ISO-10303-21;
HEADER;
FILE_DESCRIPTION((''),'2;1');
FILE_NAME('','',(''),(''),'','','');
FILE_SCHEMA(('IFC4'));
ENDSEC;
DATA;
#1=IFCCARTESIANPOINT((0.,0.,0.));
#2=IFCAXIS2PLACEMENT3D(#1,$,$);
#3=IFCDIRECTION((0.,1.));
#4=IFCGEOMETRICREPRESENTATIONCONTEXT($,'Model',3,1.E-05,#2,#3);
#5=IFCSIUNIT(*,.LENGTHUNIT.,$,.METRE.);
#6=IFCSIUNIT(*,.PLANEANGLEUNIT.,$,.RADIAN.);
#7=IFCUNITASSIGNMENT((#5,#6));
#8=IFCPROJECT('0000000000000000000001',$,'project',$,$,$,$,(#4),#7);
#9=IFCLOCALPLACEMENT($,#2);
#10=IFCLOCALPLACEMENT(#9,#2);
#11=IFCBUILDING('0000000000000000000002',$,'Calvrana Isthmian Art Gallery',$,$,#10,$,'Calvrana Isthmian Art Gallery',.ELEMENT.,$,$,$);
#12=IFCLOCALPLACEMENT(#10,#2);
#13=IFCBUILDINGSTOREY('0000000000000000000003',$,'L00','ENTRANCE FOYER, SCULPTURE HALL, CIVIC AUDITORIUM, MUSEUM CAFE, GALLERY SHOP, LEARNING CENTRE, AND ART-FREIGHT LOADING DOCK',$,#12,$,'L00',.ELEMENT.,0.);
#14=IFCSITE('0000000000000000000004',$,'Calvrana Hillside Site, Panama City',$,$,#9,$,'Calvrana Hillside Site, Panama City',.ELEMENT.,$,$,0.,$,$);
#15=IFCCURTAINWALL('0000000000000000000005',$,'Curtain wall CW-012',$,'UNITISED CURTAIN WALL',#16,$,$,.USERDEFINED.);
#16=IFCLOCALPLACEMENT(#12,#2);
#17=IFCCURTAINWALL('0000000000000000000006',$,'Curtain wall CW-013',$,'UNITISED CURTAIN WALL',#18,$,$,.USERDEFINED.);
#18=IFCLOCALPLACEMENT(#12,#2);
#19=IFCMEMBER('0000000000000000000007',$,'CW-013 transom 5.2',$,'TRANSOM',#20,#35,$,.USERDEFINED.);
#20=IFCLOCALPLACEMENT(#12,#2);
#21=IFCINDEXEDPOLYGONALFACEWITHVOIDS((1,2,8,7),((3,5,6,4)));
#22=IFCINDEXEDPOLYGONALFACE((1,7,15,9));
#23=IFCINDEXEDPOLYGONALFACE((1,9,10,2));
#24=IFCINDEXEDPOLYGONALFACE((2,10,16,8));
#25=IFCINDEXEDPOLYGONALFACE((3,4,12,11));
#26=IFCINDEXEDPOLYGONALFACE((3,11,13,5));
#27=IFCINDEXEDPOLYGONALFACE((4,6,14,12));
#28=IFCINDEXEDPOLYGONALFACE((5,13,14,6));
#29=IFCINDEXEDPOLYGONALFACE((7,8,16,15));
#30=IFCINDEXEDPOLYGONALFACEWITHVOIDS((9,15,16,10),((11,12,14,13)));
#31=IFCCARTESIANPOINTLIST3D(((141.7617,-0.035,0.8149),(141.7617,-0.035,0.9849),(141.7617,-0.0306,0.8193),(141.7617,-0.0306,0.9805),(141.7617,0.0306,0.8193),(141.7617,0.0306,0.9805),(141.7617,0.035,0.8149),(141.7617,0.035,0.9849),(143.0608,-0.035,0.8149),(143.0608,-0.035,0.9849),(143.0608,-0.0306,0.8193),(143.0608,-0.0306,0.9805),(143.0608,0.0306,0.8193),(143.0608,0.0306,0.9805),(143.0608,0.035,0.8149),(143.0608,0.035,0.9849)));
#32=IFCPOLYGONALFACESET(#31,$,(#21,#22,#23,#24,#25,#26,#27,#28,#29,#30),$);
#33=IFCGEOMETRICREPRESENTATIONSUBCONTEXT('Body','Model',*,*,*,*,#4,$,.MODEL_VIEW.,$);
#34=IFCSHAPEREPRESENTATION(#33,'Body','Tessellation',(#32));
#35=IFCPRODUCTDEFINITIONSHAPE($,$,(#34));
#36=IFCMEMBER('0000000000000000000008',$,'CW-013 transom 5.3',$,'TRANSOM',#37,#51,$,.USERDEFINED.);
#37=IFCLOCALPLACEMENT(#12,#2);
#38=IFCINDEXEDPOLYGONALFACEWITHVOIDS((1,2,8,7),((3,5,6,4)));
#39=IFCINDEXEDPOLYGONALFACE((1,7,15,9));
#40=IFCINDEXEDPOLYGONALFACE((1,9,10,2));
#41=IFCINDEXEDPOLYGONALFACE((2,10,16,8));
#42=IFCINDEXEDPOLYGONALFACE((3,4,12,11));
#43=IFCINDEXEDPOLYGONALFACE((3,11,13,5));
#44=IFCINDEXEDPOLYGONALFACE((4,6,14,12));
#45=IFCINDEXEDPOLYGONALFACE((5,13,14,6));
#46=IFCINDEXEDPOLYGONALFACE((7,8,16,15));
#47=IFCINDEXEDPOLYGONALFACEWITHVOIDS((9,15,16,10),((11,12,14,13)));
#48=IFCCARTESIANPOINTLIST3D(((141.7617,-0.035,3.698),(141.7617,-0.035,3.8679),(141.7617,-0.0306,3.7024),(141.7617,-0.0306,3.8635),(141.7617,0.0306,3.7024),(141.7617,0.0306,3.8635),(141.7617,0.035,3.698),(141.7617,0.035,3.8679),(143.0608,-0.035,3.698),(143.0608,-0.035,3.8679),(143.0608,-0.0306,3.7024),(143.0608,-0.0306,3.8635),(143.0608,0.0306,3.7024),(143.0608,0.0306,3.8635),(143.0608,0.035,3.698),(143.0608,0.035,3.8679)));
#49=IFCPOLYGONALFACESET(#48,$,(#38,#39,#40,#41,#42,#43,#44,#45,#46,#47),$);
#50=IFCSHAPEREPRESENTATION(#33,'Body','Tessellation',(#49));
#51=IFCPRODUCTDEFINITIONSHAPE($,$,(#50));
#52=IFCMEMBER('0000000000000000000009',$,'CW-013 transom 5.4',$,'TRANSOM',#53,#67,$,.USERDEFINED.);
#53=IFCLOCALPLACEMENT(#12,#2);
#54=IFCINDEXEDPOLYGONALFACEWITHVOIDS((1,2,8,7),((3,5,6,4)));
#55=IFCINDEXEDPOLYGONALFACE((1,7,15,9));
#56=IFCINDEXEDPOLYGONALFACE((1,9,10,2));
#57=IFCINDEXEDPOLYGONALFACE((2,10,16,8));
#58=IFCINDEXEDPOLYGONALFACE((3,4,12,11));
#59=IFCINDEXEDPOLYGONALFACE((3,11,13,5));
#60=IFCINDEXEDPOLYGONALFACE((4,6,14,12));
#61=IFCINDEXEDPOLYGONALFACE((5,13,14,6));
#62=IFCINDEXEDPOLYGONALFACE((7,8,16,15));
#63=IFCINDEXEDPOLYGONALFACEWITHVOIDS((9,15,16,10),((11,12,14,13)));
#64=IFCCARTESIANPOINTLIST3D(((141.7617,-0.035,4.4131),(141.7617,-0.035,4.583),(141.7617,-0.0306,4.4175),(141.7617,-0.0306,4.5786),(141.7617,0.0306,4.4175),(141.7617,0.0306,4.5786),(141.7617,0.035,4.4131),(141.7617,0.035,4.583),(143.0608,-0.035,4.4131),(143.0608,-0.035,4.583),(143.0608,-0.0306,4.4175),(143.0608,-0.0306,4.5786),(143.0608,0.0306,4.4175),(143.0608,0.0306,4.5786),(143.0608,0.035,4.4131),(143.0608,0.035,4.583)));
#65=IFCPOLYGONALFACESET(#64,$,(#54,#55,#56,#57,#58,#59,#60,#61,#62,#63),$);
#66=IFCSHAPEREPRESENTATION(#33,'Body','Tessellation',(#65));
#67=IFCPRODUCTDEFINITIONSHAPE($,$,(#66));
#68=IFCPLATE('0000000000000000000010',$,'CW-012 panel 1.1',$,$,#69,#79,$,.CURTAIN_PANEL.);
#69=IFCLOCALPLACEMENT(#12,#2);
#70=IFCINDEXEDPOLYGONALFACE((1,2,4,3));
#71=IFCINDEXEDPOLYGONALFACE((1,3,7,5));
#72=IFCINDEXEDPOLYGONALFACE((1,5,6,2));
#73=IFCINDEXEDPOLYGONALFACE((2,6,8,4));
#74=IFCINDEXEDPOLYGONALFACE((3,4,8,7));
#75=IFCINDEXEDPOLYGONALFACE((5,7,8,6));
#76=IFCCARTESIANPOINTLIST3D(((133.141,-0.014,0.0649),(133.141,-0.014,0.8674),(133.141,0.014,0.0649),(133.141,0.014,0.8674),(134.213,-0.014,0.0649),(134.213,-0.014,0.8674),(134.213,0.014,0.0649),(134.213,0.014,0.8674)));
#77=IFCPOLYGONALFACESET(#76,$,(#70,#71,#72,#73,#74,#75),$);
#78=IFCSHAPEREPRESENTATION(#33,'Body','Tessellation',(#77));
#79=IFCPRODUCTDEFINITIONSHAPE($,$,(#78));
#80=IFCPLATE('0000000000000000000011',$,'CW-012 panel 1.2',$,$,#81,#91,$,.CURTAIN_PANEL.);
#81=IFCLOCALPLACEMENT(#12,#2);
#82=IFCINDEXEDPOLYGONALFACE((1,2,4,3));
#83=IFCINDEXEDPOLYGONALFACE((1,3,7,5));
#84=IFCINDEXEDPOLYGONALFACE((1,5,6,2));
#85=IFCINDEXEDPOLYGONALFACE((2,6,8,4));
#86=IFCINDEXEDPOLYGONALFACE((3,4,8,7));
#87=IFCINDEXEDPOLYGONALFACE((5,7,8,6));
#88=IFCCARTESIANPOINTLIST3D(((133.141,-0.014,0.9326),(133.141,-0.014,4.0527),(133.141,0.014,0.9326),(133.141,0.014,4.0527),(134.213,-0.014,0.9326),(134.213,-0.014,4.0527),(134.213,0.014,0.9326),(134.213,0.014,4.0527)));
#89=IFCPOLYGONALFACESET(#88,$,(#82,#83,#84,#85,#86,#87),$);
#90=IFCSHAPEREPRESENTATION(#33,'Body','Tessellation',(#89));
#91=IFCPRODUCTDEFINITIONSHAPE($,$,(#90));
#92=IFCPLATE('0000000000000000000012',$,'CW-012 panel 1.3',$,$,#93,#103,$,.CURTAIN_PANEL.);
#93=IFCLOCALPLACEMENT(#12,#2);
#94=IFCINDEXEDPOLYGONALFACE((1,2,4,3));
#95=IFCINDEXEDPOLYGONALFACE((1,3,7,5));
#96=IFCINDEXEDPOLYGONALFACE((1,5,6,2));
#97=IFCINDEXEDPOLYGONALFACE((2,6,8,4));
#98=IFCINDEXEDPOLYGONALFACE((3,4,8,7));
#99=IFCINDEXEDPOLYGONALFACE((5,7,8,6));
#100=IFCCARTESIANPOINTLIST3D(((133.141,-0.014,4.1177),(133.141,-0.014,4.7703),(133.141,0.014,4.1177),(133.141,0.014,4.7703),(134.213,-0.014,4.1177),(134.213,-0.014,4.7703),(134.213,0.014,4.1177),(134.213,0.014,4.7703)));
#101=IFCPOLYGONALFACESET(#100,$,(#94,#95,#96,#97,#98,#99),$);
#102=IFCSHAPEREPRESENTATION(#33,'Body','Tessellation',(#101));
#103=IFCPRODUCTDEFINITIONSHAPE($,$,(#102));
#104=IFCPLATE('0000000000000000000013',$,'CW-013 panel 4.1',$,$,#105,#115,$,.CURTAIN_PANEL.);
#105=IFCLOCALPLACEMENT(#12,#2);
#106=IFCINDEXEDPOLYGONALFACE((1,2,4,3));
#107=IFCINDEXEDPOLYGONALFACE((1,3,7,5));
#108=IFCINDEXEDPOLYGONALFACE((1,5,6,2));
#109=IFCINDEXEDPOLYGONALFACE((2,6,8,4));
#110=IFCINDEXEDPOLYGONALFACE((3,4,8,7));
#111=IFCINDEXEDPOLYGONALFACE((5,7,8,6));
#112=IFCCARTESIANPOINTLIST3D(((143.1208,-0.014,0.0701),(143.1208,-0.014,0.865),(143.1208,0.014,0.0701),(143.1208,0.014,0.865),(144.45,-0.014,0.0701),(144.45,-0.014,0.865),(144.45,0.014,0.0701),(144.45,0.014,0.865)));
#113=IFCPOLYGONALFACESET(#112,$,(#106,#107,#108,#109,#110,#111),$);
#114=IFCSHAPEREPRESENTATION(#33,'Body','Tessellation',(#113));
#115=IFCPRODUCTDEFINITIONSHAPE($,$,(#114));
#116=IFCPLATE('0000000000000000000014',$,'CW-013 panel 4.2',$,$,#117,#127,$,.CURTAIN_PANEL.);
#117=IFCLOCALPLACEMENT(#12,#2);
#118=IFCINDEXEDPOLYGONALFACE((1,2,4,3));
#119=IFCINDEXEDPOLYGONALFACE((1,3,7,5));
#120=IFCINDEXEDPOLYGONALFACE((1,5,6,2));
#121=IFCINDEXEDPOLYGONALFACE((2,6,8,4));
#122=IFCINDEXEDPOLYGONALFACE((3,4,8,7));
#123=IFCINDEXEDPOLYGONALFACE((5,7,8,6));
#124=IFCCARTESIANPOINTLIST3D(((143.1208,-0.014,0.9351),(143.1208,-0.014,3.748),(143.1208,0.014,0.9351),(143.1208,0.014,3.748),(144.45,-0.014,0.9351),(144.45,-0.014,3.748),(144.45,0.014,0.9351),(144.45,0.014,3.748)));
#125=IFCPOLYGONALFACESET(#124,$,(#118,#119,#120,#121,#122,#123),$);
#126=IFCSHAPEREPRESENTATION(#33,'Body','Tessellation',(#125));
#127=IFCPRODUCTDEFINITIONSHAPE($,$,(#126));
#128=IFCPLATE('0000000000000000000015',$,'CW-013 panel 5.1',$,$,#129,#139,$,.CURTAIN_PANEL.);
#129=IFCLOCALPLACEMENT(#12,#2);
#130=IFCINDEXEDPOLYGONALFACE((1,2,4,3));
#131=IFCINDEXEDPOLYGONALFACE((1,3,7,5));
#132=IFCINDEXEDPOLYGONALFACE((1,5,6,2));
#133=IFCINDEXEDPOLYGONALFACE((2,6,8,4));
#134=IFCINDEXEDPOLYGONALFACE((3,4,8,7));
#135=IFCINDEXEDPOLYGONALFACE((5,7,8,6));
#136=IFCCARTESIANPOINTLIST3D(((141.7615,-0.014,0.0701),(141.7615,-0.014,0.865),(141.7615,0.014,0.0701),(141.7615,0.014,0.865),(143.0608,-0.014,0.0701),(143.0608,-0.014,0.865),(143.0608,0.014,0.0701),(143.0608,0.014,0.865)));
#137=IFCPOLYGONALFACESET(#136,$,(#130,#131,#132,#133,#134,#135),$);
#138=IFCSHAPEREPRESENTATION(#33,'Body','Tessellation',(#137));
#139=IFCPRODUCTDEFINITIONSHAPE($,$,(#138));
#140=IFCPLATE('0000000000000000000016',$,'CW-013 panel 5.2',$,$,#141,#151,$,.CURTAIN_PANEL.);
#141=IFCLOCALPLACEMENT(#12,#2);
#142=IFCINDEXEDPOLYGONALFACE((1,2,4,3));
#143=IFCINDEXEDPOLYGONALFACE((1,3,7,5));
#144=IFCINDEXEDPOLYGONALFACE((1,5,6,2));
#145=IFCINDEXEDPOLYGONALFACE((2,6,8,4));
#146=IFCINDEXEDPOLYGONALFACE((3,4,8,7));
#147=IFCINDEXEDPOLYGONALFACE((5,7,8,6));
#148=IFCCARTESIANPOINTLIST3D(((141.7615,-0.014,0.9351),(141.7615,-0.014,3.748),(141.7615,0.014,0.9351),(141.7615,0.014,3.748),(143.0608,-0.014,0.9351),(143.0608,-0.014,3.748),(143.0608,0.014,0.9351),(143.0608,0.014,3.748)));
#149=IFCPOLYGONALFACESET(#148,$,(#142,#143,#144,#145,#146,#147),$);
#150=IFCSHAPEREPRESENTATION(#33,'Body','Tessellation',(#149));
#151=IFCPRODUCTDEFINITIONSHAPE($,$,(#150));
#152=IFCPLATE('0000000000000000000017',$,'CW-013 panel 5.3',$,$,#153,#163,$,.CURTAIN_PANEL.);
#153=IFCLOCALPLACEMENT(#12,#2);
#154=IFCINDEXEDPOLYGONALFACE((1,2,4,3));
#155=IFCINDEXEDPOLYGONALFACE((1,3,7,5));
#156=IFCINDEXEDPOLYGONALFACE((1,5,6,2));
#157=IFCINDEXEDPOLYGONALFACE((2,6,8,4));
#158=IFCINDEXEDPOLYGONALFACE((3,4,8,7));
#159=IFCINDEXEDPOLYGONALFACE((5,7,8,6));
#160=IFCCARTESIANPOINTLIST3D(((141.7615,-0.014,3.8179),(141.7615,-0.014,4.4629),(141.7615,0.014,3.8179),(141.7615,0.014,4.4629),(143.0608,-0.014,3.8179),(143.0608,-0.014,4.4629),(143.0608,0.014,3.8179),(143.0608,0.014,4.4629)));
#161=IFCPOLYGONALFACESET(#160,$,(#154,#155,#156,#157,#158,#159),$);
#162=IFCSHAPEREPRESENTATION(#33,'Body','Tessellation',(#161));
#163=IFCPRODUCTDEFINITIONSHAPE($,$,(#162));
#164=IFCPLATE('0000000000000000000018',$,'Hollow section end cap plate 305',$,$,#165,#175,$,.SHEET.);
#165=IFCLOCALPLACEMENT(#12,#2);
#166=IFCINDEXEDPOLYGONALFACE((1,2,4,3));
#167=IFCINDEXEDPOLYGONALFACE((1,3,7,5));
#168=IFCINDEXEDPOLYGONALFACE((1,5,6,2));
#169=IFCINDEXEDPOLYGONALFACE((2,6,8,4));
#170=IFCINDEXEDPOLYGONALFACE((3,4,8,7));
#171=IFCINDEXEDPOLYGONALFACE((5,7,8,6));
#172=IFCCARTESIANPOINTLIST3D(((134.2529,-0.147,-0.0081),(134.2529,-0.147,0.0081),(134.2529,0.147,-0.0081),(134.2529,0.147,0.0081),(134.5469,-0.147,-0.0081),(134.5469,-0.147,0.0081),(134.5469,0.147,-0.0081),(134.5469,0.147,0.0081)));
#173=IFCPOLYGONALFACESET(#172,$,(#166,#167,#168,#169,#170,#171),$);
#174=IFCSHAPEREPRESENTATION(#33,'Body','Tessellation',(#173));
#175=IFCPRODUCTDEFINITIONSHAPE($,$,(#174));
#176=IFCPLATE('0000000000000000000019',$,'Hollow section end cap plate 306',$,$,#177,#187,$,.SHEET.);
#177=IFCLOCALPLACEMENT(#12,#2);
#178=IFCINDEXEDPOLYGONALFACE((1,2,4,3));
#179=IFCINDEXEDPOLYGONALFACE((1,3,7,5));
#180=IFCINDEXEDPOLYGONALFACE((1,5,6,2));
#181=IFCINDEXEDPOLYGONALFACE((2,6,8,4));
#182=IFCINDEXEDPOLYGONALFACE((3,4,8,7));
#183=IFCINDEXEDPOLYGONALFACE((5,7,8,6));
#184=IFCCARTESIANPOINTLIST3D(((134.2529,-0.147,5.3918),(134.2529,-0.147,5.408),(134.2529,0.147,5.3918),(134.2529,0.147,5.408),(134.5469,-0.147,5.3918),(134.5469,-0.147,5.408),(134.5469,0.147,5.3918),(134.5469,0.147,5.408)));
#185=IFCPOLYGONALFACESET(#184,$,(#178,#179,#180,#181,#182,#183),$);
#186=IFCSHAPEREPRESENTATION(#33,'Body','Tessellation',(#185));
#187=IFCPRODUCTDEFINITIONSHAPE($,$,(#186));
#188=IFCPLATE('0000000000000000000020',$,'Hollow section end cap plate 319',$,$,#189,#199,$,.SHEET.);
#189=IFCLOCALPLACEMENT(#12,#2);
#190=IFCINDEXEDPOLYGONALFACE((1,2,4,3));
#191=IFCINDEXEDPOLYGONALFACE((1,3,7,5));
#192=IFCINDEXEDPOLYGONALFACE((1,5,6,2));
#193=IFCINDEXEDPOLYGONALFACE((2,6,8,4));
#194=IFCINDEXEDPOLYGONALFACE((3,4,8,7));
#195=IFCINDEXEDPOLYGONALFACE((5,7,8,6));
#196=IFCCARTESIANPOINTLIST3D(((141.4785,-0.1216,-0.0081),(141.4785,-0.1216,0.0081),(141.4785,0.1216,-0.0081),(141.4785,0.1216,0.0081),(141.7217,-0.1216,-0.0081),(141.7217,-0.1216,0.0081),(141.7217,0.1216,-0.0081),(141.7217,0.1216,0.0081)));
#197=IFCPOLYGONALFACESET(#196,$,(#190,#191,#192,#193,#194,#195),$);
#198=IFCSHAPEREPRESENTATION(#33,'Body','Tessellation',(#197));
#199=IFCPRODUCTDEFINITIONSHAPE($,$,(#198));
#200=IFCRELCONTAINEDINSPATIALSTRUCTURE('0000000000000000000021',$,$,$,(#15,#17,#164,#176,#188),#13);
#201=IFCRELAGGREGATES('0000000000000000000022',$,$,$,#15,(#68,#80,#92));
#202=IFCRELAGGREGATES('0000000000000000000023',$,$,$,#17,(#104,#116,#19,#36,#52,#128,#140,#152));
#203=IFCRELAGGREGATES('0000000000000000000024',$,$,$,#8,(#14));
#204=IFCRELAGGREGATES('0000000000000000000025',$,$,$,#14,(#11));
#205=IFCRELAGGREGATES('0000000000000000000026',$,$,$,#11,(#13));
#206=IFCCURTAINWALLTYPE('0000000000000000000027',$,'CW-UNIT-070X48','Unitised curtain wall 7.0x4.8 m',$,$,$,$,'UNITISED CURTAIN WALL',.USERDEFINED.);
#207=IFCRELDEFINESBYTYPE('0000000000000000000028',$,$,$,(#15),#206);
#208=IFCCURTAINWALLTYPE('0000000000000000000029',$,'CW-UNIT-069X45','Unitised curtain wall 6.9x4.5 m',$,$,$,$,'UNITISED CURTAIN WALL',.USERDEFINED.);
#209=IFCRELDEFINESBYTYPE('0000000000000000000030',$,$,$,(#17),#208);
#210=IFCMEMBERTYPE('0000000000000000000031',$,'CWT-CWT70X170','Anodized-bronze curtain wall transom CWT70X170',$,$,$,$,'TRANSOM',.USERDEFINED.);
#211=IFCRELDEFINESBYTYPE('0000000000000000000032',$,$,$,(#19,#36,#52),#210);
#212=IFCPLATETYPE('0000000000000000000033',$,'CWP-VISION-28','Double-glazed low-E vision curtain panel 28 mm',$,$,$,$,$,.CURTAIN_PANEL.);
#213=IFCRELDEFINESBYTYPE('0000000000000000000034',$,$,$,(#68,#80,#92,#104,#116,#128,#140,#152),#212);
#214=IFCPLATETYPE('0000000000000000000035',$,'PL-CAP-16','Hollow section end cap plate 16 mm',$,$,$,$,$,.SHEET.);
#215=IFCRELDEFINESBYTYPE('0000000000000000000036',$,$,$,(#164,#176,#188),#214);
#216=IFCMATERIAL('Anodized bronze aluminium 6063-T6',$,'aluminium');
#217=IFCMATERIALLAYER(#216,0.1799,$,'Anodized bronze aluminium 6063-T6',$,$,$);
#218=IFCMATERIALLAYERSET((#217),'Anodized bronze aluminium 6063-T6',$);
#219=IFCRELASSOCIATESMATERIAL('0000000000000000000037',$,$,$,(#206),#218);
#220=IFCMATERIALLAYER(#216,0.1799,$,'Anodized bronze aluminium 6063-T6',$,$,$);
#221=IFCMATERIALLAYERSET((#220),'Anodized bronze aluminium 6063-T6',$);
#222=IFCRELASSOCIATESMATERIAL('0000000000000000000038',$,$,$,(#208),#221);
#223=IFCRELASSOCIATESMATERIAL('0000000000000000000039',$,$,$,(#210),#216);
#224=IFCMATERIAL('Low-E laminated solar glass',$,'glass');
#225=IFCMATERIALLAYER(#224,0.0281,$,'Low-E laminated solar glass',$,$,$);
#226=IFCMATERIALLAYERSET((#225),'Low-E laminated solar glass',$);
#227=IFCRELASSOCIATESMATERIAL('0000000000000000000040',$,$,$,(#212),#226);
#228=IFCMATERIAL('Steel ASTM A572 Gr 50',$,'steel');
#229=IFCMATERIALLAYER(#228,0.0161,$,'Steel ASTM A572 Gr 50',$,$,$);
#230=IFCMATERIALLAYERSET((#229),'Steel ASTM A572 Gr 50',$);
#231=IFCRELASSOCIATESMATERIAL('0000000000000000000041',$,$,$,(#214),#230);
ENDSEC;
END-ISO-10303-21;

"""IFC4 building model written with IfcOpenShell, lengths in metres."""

from ifc_helpers import new_model, si_unit, direction, frame, origin, origin_2d, place, context, subcontext, project, spatial, rectangle, hollow_rectangle, extrude, material, layer, layer_set, material_profile, profile_set, type_object, element, aggregate, save


model = new_model("IFC4")

# Units and contexts
model_context = context("Model", 3, precision=1e-05, world=origin(), true_north=direction((0.0, 1.0)))
body_context = subcontext(model_context, "Body", "Model", "MODEL_VIEW")
ifc_project = project(units=[si_unit("LENGTHUNIT", "METRE"), si_unit("PLANEANGLEUNIT", "RADIAN")], contexts=[model_context])

# Site, building, storey
site_placement = place(None, origin())
site = spatial("IfcSite", under=ifc_project, at=site_placement, Name="Calvrana Hillside Site, Panama City", LongName="Calvrana Hillside Site, Panama City", CompositionType="ELEMENT", RefElevation=0.0)
building_placement = place(site_placement, origin())
building = spatial("IfcBuilding", under=site, at=building_placement, Name="Calvrana Isthmian Art Gallery", LongName="Calvrana Isthmian Art Gallery", CompositionType="ELEMENT")
storey_placement = place(building_placement, origin())
storey = spatial("IfcBuildingStorey", under=building, at=storey_placement, Name="L00", Description="ENTRANCE FOYER, SCULPTURE HALL, CIVIC AUDITORIUM, MUSEUM CAFE, GALLERY SHOP, LEARNING CENTRE, AND ART-FREIGHT LOADING DOCK", LongName="L00", CompositionType="ELEMENT", Elevation=0.0)

# Curtain walls
ifc_material_1 = material(Name="Anodized bronze aluminium 6063-T6", Category="aluminium")
ifc_layer_1 = layer(ifc_material_1, 0.1799, Name="Anodized bronze aluminium 6063-T6")
ifc_layer_set_1 = layer_set([ifc_layer_1], Name="Anodized bronze aluminium 6063-T6")
curtain_wall_type_1 = type_object("IfcCurtainWallType", Name="CW-UNIT-070X48", Description="Unitised curtain wall 7.0x4.8 m", ElementType="UNITISED CURTAIN WALL", PredefinedType="USERDEFINED", material=ifc_layer_set_1)
curtain_wall_1_placement = place(storey_placement, origin())
curtain_wall_1 = element("IfcCurtainWall", 1, at=curtain_wall_1_placement, inside=storey, type_object=curtain_wall_type_1, Name="Curtain wall CW-012", ObjectType="UNITISED CURTAIN WALL", PredefinedType="USERDEFINED")
ifc_layer_2 = layer(ifc_material_1, 0.1799, Name="Anodized bronze aluminium 6063-T6")
ifc_layer_set_2 = layer_set([ifc_layer_2], Name="Anodized bronze aluminium 6063-T6")
curtain_wall_type_2 = type_object("IfcCurtainWallType", Name="CW-UNIT-069X45", Description="Unitised curtain wall 6.9x4.5 m", ElementType="UNITISED CURTAIN WALL", PredefinedType="USERDEFINED", material=ifc_layer_set_2)
curtain_wall_2_placement = place(storey_placement, origin())
curtain_wall_2 = element("IfcCurtainWall", 2, at=curtain_wall_2_placement, inside=storey, type_object=curtain_wall_type_2, Name="Curtain wall CW-013", ObjectType="UNITISED CURTAIN WALL", PredefinedType="USERDEFINED")

# Members
ifc_material_profile_1 = material_profile(ifc_material_1, hollow_rectangle(XDim=0.0701, YDim=0.1699, WallThickness=0.0044, at=origin_2d()), Name="CWT70X170")
ifc_profile_set_1 = profile_set([ifc_material_profile_1], Name="Anodized bronze aluminium 6063-T6")
member_type_1 = type_object("IfcMemberType", Name="CWT-CWT70X170", Description="Anodized-bronze curtain wall transom CWT70X170", ElementType="TRANSOM", PredefinedType="USERDEFINED", material=ifc_profile_set_1)
member_1_placement = place(storey_placement, frame((143.0608, 0.0, 0.8999), z_axis=(-1.0, 0.0, 0.0), x_axis=(0.0, -1.0, 0.0)))
member_1 = element("IfcMember", 3, at=member_1_placement, type_object=member_type_1, Name="CW-013 transom 5.2", ObjectType="TRANSOM", PredefinedType="USERDEFINED", context=body_context, shape_type="SweptSolid", body=[
    extrude(hollow_rectangle(XDim=0.0701, YDim=0.1699, WallThickness=0.0044, at=origin_2d()), origin(), (0.0, 0.0, 1.0), 1.2991),
])
member_2_placement = place(storey_placement, frame((143.0608, 0.0, 3.783), z_axis=(-1.0, 0.0, 0.0), x_axis=(0.0, -1.0, 0.0)))
member_2 = element("IfcMember", 4, at=member_2_placement, type_object=member_type_1, Name="CW-013 transom 5.3", ObjectType="TRANSOM", PredefinedType="USERDEFINED", context=body_context, shape_type="SweptSolid", body=[
    extrude(hollow_rectangle(XDim=0.0701, YDim=0.1699, WallThickness=0.0044, at=origin_2d()), origin(), (0.0, 0.0, 1.0), 1.2991),
])
member_3_placement = place(storey_placement, frame((143.0608, 0.0, 4.498), z_axis=(-1.0, 0.0, 0.0), x_axis=(0.0, -1.0, 0.0)))
member_3 = element("IfcMember", 5, at=member_3_placement, type_object=member_type_1, Name="CW-013 transom 5.4", ObjectType="TRANSOM", PredefinedType="USERDEFINED", context=body_context, shape_type="SweptSolid", body=[
    extrude(hollow_rectangle(XDim=0.0701, YDim=0.1699, WallThickness=0.0044, at=origin_2d()), origin(), (0.0, 0.0, 1.0), 1.2991),
])

# Plates
ifc_material_2 = material(Name="Low-E laminated solar glass", Category="glass")
ifc_layer_3 = layer(ifc_material_2, 0.0281, Name="Low-E laminated solar glass")
ifc_layer_set_3 = layer_set([ifc_layer_3], Name="Low-E laminated solar glass")
plate_type_1 = type_object("IfcPlateType", Name="CWP-VISION-28", Description="Double-glazed low-E vision curtain panel 28 mm", PredefinedType="CURTAIN_PANEL", material=ifc_layer_set_3)
plate_1_placement = place(storey_placement, frame((133.677, 0.0, 0.0649), z_axis=(0.0, 0.0, 1.0), x_axis=(-1.0, 0.0, 0.0)))
plate_1 = element("IfcPlate", 6, at=plate_1_placement, type_object=plate_type_1, Name="CW-012 panel 1.1", PredefinedType="CURTAIN_PANEL", context=body_context, shape_type="SweptSolid", body=[
    extrude(rectangle(XDim=1.072, YDim=0.0281, at=origin_2d()), origin(), (0.0, 0.0, 1.0), 0.8025),
])
plate_2_placement = place(storey_placement, frame((133.677, 0.0, 0.9326), z_axis=(0.0, 0.0, 1.0), x_axis=(-1.0, 0.0, 0.0)))
plate_2 = element("IfcPlate", 7, at=plate_2_placement, type_object=plate_type_1, Name="CW-012 panel 1.2", PredefinedType="CURTAIN_PANEL", context=body_context, shape_type="SweptSolid", body=[
    extrude(rectangle(XDim=1.072, YDim=0.0281, at=origin_2d()), origin(), (0.0, 0.0, 1.0), 3.1201),
])
plate_3_placement = place(storey_placement, frame((133.677, 0.0, 4.1177), z_axis=(0.0, 0.0, 1.0), x_axis=(-1.0, 0.0, 0.0)))
plate_3 = element("IfcPlate", 8, at=plate_3_placement, type_object=plate_type_1, Name="CW-012 panel 1.3", PredefinedType="CURTAIN_PANEL", context=body_context, shape_type="SweptSolid", body=[
    extrude(rectangle(XDim=1.072, YDim=0.0281, at=origin_2d()), origin(), (0.0, 0.0, 1.0), 0.6526),
])
aggregate(curtain_wall_1, [plate_1, plate_2, plate_3])
plate_4_placement = place(storey_placement, frame((143.7854, 0.0, 0.0701), z_axis=(0.0, 0.0, 1.0), x_axis=(-1.0, 0.0, 0.0)))
plate_4 = element("IfcPlate", 9, at=plate_4_placement, type_object=plate_type_1, Name="CW-013 panel 4.1", PredefinedType="CURTAIN_PANEL", context=body_context, shape_type="SweptSolid", body=[
    extrude(rectangle(XDim=1.3291, YDim=0.0281, at=origin_2d()), origin(), (0.0, 0.0, 1.0), 0.7949),
])
plate_5_placement = place(storey_placement, frame((143.7854, 0.0, 0.9351), z_axis=(0.0, 0.0, 1.0), x_axis=(-1.0, 0.0, 0.0)))
plate_5 = element("IfcPlate", 10, at=plate_5_placement, type_object=plate_type_1, Name="CW-013 panel 4.2", PredefinedType="CURTAIN_PANEL", context=body_context, shape_type="SweptSolid", body=[
    extrude(rectangle(XDim=1.3291, YDim=0.0281, at=origin_2d()), origin(), (0.0, 0.0, 1.0), 2.813),
])
plate_6_placement = place(storey_placement, frame((142.4111, 0.0, 0.0701), z_axis=(0.0, 0.0, 1.0), x_axis=(-1.0, 0.0, 0.0)))
plate_6 = element("IfcPlate", 11, at=plate_6_placement, type_object=plate_type_1, Name="CW-013 panel 5.1", PredefinedType="CURTAIN_PANEL", context=body_context, shape_type="SweptSolid", body=[
    extrude(rectangle(XDim=1.2993, YDim=0.0281, at=origin_2d()), origin(), (0.0, 0.0, 1.0), 0.7949),
])
plate_7_placement = place(storey_placement, frame((142.4111, 0.0, 0.9351), z_axis=(0.0, 0.0, 1.0), x_axis=(-1.0, 0.0, 0.0)))
plate_7 = element("IfcPlate", 12, at=plate_7_placement, type_object=plate_type_1, Name="CW-013 panel 5.2", PredefinedType="CURTAIN_PANEL", context=body_context, shape_type="SweptSolid", body=[
    extrude(rectangle(XDim=1.2993, YDim=0.0281, at=origin_2d()), origin(), (0.0, 0.0, 1.0), 2.813),
])
plate_8_placement = place(storey_placement, frame((142.4111, 0.0, 3.8179), z_axis=(0.0, 0.0, 1.0), x_axis=(-1.0, 0.0, 0.0)))
plate_8 = element("IfcPlate", 13, at=plate_8_placement, type_object=plate_type_1, Name="CW-013 panel 5.3", PredefinedType="CURTAIN_PANEL", context=body_context, shape_type="SweptSolid", body=[
    extrude(rectangle(XDim=1.2993, YDim=0.0281, at=origin_2d()), origin(), (0.0, 0.0, 1.0), 0.645),
])
aggregate(curtain_wall_2, [plate_4, plate_5, member_1, member_2, member_3, plate_6, plate_7, plate_8])

# Plates
ifc_material_3 = material(Name="Steel ASTM A572 Gr 50", Category="steel")
ifc_layer_4 = layer(ifc_material_3, 0.0161, Name="Steel ASTM A572 Gr 50")
ifc_layer_set_4 = layer_set([ifc_layer_4], Name="Steel ASTM A572 Gr 50")
plate_type_2 = type_object("IfcPlateType", Name="PL-CAP-16", Description="Hollow section end cap plate 16 mm", PredefinedType="SHEET", material=ifc_layer_set_4)
for number, where, z_axis, x_axis, name in (
    (14, (134.3999, 0.0, -0.0081), (0.0, 0.0, 1.0), (1.0, 0.0, 0.0), "Hollow section end cap plate 305"),
    (15, (134.3999, 0.0, 5.3918), (0.0, 0.0, 1.0), (1.0, 0.0, 0.0), "Hollow section end cap plate 306"),
):
    element("IfcPlate", number, at=place(storey_placement, frame(where, z_axis=z_axis, x_axis=x_axis)), inside=storey, type_object=plate_type_2, Name=name, PredefinedType="SHEET", context=body_context, shape_type="SweptSolid", body=[
        extrude(rectangle(XDim=0.2939, YDim=0.2939, at=origin_2d()), origin(), (0.0, 0.0, 1.0), 0.0161),
    ])
for number, where, z_axis, x_axis, name in (
    (16, (141.6001, 0.0, -0.0081), (0.0, 0.0, 1.0), (1.0, 0.0, 0.0), "Hollow section end cap plate 319"),
):
    element("IfcPlate", number, at=place(storey_placement, frame(where, z_axis=z_axis, x_axis=x_axis)), inside=storey, type_object=plate_type_2, Name=name, PredefinedType="SHEET", context=body_context, shape_type="SweptSolid", body=[
        extrude(rectangle(XDim=0.2432, YDim=0.2432, at=origin_2d()), origin(), (0.0, 0.0, 1.0), 0.0161),
    ])

save(model, "model.ifc")
